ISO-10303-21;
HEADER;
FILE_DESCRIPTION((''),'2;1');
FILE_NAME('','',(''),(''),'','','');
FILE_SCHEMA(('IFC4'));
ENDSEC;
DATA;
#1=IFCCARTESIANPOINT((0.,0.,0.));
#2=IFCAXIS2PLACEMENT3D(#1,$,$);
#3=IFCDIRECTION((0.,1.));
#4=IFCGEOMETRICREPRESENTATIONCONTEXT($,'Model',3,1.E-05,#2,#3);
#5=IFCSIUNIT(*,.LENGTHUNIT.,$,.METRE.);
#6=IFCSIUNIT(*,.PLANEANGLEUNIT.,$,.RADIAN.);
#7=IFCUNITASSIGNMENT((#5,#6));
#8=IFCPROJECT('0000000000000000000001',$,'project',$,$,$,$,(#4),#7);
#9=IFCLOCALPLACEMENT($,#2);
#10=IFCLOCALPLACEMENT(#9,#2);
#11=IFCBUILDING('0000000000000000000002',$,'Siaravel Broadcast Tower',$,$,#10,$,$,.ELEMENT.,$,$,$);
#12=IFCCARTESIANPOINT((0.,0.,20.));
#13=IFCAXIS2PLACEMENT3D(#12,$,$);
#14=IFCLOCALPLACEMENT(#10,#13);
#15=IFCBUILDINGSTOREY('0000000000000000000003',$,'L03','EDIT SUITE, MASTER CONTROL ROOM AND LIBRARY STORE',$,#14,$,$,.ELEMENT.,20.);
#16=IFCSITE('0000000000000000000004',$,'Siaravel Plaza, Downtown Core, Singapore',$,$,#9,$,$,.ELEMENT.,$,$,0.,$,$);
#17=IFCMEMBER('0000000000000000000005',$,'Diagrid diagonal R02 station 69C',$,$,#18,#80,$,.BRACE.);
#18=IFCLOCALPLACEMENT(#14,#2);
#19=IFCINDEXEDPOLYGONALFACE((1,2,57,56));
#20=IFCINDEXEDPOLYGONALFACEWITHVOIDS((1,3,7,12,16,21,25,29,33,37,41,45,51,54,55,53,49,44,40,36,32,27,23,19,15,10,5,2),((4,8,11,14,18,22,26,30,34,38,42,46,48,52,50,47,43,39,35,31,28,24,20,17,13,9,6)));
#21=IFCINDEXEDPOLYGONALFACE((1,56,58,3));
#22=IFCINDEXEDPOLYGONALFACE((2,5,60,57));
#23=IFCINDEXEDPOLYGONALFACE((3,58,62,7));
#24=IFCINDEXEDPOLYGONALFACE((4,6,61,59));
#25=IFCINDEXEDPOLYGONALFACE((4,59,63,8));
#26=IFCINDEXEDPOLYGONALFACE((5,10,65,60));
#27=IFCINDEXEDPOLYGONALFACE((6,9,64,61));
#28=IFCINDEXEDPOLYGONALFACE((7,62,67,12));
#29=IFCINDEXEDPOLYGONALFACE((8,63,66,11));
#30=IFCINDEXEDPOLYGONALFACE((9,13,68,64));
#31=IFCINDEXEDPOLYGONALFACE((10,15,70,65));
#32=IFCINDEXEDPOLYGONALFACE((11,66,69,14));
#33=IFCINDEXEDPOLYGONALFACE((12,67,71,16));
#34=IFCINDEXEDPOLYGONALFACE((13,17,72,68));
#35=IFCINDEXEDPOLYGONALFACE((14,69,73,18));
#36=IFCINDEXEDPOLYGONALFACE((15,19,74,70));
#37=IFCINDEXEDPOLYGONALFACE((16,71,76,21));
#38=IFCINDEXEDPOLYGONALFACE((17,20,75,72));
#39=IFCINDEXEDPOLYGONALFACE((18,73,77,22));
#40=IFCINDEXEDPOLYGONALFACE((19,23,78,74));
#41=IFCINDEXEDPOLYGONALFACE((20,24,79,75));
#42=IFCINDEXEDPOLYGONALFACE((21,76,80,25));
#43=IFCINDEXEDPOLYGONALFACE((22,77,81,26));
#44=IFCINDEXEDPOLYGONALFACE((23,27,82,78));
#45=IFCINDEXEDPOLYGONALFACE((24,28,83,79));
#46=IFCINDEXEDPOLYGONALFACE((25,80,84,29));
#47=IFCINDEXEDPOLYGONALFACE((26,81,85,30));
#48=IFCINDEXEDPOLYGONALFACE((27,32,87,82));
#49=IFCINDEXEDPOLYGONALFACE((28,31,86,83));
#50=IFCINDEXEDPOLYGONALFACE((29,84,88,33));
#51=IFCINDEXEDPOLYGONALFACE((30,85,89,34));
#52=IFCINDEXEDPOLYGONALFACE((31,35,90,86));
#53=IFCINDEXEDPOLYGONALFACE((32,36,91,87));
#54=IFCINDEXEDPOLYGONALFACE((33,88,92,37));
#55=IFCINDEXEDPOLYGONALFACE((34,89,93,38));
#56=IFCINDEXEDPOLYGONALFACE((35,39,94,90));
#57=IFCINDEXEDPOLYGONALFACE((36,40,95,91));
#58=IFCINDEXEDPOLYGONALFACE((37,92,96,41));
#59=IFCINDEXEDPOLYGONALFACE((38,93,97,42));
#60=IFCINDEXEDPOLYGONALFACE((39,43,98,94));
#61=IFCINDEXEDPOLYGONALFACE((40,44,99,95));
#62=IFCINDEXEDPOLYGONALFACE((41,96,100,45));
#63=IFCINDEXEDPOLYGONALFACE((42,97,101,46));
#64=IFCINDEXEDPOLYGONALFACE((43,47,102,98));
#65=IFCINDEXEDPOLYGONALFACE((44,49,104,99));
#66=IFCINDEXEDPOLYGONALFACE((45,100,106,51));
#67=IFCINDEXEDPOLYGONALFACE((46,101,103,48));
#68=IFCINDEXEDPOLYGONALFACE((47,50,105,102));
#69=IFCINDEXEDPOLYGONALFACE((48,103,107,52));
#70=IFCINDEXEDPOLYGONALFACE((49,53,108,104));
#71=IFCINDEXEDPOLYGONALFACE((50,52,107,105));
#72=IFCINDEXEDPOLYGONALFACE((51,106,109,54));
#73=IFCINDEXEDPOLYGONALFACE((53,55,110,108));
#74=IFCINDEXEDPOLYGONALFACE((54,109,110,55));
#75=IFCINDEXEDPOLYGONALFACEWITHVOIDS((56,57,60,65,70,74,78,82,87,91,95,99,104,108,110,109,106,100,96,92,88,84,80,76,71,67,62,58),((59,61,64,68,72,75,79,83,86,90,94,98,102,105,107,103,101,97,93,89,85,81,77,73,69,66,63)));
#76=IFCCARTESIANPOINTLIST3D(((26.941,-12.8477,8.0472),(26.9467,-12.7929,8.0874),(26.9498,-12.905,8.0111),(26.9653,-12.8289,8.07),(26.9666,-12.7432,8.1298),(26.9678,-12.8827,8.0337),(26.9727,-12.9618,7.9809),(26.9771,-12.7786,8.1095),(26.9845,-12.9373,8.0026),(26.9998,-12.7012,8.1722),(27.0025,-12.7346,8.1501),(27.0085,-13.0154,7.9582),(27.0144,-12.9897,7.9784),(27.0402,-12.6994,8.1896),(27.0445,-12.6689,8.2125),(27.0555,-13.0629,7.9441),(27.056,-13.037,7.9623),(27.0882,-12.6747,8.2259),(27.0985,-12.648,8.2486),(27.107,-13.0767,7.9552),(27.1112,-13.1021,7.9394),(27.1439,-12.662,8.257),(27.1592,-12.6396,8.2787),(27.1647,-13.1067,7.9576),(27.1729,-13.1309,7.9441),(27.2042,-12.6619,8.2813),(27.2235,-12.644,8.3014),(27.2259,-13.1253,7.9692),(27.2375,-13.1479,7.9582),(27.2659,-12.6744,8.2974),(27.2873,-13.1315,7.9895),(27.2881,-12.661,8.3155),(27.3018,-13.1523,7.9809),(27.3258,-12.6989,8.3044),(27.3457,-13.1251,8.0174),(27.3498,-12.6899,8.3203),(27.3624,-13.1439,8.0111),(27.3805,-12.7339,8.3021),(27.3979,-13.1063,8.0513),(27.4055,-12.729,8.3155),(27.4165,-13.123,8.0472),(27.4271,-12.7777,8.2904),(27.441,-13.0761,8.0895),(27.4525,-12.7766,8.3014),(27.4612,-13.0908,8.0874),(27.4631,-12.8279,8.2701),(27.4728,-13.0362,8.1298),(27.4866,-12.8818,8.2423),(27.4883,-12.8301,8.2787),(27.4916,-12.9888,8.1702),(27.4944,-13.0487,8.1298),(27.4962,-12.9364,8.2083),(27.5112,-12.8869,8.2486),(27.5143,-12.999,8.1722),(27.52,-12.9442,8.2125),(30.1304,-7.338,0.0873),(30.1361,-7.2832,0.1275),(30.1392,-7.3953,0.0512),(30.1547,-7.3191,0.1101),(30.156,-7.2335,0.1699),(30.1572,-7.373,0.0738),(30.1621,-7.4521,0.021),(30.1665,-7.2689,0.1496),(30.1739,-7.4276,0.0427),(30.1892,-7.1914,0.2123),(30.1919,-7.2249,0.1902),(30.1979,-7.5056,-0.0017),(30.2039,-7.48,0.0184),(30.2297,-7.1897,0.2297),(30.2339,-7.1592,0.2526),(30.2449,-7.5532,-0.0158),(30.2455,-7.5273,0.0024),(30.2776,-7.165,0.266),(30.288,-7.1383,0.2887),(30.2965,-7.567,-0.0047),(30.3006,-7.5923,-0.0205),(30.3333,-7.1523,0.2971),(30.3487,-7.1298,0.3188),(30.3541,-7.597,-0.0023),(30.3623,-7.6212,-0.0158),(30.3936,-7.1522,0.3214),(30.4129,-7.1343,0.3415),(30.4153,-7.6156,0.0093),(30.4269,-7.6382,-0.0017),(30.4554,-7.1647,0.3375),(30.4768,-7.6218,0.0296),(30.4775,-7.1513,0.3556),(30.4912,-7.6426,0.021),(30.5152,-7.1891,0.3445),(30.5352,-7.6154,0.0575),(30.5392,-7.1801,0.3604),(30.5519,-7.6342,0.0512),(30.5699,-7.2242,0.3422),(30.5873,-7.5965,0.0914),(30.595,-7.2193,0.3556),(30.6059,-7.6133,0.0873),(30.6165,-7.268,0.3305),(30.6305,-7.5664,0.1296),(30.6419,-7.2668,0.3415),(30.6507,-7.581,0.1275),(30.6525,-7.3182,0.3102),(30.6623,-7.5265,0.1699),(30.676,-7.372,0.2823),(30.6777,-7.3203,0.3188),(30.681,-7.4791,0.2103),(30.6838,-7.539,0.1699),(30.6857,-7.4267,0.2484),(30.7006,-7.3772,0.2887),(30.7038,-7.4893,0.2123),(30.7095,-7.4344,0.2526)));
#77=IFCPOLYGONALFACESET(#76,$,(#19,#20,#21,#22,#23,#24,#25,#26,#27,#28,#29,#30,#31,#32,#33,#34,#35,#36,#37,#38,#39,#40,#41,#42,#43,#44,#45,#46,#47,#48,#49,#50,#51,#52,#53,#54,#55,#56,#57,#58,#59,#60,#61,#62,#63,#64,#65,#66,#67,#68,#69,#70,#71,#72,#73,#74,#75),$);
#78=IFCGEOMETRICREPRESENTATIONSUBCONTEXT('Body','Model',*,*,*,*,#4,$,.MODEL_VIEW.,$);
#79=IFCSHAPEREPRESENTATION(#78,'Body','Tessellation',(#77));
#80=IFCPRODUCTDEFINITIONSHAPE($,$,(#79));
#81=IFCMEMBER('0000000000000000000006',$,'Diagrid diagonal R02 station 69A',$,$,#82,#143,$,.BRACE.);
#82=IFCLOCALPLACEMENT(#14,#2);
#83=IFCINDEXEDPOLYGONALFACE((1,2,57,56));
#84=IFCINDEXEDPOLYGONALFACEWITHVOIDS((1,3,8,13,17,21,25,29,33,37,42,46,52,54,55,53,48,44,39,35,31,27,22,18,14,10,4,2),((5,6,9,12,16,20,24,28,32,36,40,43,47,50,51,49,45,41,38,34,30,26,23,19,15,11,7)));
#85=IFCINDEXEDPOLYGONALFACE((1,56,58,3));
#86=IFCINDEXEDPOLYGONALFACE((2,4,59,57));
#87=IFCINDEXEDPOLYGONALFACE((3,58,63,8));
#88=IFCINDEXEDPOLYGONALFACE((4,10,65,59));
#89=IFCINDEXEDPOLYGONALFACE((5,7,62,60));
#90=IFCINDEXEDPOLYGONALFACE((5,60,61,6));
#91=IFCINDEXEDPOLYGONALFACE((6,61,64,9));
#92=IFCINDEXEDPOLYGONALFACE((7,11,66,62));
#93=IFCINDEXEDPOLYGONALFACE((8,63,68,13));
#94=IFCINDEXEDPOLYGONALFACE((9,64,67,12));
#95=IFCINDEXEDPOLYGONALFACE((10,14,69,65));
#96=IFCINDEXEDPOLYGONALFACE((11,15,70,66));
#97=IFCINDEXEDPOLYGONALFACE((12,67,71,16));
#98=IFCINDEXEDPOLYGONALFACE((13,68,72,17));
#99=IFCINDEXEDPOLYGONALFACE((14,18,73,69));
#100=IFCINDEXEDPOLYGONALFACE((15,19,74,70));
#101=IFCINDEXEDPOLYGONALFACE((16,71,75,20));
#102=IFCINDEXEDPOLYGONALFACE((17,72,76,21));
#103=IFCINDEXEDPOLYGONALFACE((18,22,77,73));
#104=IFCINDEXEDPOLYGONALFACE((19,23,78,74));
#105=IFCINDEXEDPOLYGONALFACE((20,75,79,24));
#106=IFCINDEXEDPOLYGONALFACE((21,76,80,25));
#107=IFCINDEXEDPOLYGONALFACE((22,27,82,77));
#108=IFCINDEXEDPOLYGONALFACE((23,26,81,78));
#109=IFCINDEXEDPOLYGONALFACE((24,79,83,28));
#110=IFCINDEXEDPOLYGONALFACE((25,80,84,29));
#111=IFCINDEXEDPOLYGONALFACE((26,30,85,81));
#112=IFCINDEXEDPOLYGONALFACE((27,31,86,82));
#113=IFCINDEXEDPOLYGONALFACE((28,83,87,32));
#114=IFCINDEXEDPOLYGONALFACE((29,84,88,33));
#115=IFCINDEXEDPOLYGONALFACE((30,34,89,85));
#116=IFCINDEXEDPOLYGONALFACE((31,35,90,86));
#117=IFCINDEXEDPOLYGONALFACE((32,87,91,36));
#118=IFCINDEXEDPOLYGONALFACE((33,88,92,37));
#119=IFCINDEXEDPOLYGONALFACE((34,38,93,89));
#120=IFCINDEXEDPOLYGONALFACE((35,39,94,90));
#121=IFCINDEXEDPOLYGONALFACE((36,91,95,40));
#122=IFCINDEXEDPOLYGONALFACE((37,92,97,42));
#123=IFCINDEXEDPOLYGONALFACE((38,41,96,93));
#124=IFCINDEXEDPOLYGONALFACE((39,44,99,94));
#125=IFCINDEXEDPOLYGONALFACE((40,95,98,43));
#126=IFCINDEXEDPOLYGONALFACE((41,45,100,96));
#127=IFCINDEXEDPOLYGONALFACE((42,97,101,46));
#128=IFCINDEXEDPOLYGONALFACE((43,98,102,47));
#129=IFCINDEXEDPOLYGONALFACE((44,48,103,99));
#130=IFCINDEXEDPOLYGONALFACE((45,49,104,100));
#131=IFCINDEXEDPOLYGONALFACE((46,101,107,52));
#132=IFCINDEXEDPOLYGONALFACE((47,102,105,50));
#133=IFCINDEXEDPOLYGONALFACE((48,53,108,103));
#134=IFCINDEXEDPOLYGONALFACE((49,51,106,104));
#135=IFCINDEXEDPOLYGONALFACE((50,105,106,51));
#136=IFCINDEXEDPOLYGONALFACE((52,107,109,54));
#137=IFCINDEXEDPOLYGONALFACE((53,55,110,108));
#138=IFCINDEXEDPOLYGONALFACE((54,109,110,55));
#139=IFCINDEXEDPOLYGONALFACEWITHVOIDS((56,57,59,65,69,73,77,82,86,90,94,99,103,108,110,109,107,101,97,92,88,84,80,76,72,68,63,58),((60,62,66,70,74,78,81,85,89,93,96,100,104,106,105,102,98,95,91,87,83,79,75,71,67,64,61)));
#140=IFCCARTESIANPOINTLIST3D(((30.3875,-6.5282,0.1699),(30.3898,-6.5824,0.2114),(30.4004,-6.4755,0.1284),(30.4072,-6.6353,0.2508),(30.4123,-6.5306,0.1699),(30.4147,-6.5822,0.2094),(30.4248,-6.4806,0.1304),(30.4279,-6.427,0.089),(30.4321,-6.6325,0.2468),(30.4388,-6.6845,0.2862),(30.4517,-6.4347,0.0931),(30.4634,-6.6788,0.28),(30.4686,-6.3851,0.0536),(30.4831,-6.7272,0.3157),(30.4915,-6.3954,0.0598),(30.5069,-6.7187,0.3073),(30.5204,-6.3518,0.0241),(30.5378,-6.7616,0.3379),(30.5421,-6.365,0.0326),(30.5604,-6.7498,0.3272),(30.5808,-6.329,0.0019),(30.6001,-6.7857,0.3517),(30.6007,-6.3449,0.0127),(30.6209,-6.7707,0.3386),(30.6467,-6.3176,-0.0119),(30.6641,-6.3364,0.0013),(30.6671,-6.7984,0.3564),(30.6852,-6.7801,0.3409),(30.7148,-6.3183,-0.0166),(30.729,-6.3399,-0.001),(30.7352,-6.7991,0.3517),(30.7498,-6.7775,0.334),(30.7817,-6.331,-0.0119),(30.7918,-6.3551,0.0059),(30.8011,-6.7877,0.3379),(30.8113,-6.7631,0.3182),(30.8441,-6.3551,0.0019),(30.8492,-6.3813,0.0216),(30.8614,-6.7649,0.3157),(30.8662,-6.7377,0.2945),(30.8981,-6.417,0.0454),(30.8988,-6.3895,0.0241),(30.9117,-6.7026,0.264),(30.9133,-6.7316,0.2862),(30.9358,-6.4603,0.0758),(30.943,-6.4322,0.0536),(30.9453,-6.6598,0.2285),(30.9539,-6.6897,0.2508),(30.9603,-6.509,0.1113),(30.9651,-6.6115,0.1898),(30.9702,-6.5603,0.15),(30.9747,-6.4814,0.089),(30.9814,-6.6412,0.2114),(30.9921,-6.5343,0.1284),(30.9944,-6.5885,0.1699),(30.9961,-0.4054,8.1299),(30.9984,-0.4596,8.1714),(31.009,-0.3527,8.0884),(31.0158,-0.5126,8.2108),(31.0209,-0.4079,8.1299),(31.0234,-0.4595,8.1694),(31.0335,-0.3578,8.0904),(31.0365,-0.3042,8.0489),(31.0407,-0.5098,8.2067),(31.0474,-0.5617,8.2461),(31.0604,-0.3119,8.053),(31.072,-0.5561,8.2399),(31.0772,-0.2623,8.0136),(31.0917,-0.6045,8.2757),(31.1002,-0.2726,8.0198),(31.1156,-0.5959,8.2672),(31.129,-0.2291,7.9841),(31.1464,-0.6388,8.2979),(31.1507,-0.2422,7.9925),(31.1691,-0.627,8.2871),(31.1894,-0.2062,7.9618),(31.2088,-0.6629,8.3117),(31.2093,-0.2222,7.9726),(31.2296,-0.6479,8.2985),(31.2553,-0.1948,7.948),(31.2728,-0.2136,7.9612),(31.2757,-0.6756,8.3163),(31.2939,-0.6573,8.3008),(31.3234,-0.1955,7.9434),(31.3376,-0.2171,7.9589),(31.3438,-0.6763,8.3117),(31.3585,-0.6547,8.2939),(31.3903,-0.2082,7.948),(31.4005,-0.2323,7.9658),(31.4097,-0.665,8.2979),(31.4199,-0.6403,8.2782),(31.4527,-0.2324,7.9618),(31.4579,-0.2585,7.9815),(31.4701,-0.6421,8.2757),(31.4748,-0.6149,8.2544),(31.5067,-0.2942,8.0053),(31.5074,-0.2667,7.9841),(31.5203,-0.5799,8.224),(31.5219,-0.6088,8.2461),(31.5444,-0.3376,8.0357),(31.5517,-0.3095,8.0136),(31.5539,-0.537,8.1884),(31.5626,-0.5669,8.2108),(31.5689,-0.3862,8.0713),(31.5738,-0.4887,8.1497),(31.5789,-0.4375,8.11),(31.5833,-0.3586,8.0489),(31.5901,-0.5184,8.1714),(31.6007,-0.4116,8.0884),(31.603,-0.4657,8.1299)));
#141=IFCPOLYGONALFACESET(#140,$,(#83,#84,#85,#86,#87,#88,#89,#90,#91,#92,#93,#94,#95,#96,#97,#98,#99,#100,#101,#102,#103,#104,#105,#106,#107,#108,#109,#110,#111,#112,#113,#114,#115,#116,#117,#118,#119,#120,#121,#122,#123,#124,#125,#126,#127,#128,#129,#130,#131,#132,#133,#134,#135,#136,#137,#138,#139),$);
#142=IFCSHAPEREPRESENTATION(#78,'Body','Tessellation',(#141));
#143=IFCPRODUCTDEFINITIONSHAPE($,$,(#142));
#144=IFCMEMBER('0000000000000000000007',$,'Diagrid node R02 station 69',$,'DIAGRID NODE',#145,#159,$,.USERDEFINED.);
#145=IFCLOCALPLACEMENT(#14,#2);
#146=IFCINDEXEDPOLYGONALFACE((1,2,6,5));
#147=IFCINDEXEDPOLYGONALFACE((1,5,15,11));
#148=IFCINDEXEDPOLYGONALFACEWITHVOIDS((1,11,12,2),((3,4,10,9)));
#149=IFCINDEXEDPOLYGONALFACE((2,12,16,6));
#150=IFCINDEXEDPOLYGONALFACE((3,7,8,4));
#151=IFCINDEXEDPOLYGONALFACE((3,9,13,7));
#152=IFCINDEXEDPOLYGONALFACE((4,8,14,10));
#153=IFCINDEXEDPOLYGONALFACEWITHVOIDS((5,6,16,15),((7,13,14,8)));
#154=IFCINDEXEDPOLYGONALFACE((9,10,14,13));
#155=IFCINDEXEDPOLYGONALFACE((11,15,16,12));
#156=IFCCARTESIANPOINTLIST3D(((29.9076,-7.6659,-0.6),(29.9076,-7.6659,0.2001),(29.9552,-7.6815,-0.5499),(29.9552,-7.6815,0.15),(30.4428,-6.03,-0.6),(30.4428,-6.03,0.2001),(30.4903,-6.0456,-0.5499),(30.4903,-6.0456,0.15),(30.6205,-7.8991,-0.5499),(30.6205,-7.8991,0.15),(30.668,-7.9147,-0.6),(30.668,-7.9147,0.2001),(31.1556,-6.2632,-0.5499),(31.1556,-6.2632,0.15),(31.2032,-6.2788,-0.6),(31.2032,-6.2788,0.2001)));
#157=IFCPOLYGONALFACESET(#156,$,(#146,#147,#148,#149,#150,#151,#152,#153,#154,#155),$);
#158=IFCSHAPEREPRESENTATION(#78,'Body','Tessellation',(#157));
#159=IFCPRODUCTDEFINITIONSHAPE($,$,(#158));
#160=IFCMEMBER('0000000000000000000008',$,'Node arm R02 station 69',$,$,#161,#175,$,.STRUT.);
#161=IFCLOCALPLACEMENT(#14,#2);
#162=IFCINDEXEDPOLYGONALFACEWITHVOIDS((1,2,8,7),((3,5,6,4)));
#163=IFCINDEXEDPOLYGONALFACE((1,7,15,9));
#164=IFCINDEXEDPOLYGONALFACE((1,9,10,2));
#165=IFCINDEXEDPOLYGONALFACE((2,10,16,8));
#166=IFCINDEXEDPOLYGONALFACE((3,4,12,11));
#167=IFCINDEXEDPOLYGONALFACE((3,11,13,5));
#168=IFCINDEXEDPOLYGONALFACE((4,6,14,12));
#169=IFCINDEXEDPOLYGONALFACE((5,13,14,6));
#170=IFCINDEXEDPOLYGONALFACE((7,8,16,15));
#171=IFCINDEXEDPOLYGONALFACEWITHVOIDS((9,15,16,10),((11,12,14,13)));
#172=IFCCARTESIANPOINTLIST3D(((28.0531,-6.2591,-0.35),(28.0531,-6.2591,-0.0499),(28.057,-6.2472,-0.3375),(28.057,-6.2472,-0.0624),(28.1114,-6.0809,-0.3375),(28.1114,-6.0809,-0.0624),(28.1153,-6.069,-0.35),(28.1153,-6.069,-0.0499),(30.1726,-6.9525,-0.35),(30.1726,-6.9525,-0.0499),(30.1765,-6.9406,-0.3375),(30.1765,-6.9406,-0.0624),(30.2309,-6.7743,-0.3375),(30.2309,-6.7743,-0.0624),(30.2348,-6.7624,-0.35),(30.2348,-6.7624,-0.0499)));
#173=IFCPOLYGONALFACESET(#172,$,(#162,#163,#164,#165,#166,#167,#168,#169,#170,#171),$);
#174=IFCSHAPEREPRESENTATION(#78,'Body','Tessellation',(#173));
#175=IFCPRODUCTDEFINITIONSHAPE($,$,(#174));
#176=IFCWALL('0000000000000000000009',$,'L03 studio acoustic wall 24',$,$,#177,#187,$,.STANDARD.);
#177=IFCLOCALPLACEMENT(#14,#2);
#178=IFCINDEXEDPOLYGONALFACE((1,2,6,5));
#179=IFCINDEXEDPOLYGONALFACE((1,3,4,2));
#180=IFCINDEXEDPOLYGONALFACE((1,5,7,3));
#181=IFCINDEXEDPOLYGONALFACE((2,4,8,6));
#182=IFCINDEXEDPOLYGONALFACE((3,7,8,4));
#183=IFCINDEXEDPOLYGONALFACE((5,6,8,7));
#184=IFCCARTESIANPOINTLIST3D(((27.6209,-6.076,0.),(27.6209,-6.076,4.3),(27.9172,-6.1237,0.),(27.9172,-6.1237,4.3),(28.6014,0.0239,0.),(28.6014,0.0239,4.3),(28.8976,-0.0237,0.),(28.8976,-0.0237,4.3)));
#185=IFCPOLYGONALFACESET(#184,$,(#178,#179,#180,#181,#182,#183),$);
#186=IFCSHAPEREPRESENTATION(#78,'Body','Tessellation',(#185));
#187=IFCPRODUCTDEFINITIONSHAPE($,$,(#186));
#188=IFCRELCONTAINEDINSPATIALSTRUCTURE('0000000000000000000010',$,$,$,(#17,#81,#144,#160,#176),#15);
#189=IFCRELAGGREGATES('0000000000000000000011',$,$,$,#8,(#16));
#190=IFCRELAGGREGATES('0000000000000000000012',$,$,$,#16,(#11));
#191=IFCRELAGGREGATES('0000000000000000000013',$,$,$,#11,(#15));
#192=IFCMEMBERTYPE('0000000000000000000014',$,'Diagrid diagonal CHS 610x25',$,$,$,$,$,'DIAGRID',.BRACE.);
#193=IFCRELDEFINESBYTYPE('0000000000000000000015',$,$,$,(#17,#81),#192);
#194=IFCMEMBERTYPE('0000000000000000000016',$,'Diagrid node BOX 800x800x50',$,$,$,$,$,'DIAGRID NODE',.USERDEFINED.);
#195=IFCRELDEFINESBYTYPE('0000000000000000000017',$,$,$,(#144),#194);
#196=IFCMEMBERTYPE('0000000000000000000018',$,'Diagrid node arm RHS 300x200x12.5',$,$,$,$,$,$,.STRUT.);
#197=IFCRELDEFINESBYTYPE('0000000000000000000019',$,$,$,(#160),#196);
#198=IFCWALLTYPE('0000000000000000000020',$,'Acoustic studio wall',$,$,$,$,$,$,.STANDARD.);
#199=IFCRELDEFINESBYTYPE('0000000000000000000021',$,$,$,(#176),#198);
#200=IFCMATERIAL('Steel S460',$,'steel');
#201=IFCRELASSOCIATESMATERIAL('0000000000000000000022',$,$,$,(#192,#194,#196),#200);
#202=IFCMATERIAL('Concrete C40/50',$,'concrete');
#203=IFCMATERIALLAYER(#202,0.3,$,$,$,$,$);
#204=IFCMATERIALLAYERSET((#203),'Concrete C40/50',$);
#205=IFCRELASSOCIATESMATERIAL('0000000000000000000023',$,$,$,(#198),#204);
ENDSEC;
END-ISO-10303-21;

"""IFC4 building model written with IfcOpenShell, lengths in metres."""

from ifc_helpers import new_model, si_unit, direction, frame, frame_2d, origin, origin_2d, place, context, subcontext, project, spatial, rectangle, hollow_rectangle, hollow_circle, extrude, material, layer, layer_set, material_profile, profile_set, type_object, element, save


model = new_model("IFC4")

# Units and contexts
model_context = context("Model", 3, precision=1e-05, world=origin(), true_north=direction((0.0, 1.0)))
body_context = subcontext(model_context, "Body", "Model", "MODEL_VIEW")
ifc_project = project(units=[si_unit("LENGTHUNIT", "METRE"), si_unit("PLANEANGLEUNIT", "RADIAN")], contexts=[model_context])

# Site, building, storey
site_placement = place(None, origin())
site = spatial("IfcSite", under=ifc_project, at=site_placement, Name="Siaravel Plaza, Downtown Core, Singapore", CompositionType="ELEMENT", RefElevation=0.0)
building_placement = place(site_placement, origin())
building = spatial("IfcBuilding", under=site, at=building_placement, Name="Siaravel Broadcast Tower", CompositionType="ELEMENT")
storey_placement = place(building_placement, frame((0.0, 0.0, 20.0)))
storey = spatial("IfcBuildingStorey", under=building, at=storey_placement, Name="L03", Description="EDIT SUITE, MASTER CONTROL ROOM AND LIBRARY STORE", CompositionType="ELEMENT", Elevation=20.0)

# Members
ifc_material_1 = material(Name="Steel S460", Category="steel")
ifc_material_profile_1 = material_profile(ifc_material_1, hollow_circle(Radius=0.3049, WallThickness=0.0249, at=origin_2d()))
ifc_profile_set_1 = profile_set([ifc_material_profile_1], Name="Steel S460")
member_type_1 = type_object("IfcMemberType", Name="Diagrid diagonal CHS 610x25", ElementType="DIAGRID", PredefinedType="BRACE", material=ifc_profile_set_1)
member_1_placement = place(storey_placement, frame((30.4199, -7.3862, 0.1699), z_axis=(-0.312915, -0.54056, 0.780947), x_axis=(0.865454, -0.500988, 0.0)))
element("IfcMember", 1, at=member_1_placement, inside=storey, type_object=member_type_1, Name="Diagrid diagonal R02 station 69C", PredefinedType="BRACE", context=body_context, shape_type="SweptSolid", body=[
    extrude(hollow_circle(Radius=0.3049, WallThickness=0.0249, at=origin_2d()), origin(), (0.0, 0.0, 1.0), 10.1926),
])
member_2_placement = place(storey_placement, frame((30.6909, -6.5583, 0.1699), z_axis=(0.060496, 0.608579, 0.791184), x_axis=(-0.995096, 0.098918, 0.0)))
element("IfcMember", 2, at=member_2_placement, inside=storey, type_object=member_type_1, Name="Diagrid diagonal R02 station 69A", PredefinedType="BRACE", context=body_context, shape_type="SweptSolid", body=[
    extrude(hollow_circle(Radius=0.3049, WallThickness=0.0249, at=origin_2d()), origin(), (0.0, 0.0, 1.0), 10.0608),
])
ifc_material_profile_2 = material_profile(ifc_material_1, hollow_rectangle(XDim=0.8, YDim=0.8, WallThickness=0.05, at=origin_2d()))
ifc_profile_set_2 = profile_set([ifc_material_profile_2], Name="Steel S460")
member_type_2 = type_object("IfcMemberType", Name="Diagrid node BOX 800x800x50", ElementType="DIAGRID NODE", PredefinedType="USERDEFINED", material=ifc_profile_set_2)
member_3_placement = place(storey_placement, frame((30.2878, -7.7903, -0.2), z_axis=(0.310904, 0.950441, 0.0), x_axis=(-0.950441, 0.310904, 0.0)))
element("IfcMember", 3, at=member_3_placement, inside=storey, type_object=member_type_2, Name="Diagrid node R02 station 69", ObjectType="DIAGRID NODE", PredefinedType="USERDEFINED", context=body_context, shape_type="SweptSolid", body=[
    extrude(hollow_rectangle(XDim=0.8, YDim=0.8, WallThickness=0.05, at=origin_2d()), origin(), (0.0, 0.0, 1.0), 1.7212),
])
ifc_material_profile_3 = material_profile(ifc_material_1, hollow_rectangle(XDim=0.2, YDim=0.3, WallThickness=0.0125, at=origin_2d()))
ifc_profile_set_3 = profile_set([ifc_material_profile_3], Name="Steel S460")
member_type_3 = type_object("IfcMemberType", Name="Diagrid node arm RHS 300x200x12.5", PredefinedType="STRUT", material=ifc_profile_set_3)
member_4_placement = place(storey_placement, frame((28.0842, -6.1641, -0.2), z_axis=(0.950431, -0.310935, 0.0), x_axis=(0.310935, 0.950431, 0.0)))
element("IfcMember", 4, at=member_4_placement, inside=storey, type_object=member_type_3, Name="Node arm R02 station 69", PredefinedType="STRUT", context=body_context, shape_type="SweptSolid", body=[
    extrude(hollow_rectangle(XDim=0.2, YDim=0.3, WallThickness=0.0125, at=origin_2d()), origin(), (0.0, 0.0, 1.0), 2.23),
])

# Wall
ifc_material_2 = material(Name="Concrete C40/50", Category="concrete")
ifc_layer_1 = layer(ifc_material_2, 0.3)
ifc_layer_set_1 = layer_set([ifc_layer_1], Name="Concrete C40/50")
wall_type_1 = type_object("IfcWallType", Name="Acoustic studio wall", PredefinedType="STANDARD", material=ifc_layer_set_1)
wall_1_placement = place(storey_placement, frame((27.769, -6.0999, 0.0), z_axis=(0.0, 0.0, 1.0), x_axis=(0.158699, 0.987327, 0.0)))
element("IfcWall", 5, at=wall_1_placement, inside=storey, type_object=wall_type_1, Name="L03 studio acoustic wall 24", PredefinedType="STANDARD", context=body_context, shape_type="SweptSolid", body=[
    extrude(rectangle(XDim=6.1782, YDim=0.3, at=frame_2d((3.0891, 0.0))), origin(), (0.0, 0.0, 1.0), 4.3),
])

save(model, "model.ifc")
